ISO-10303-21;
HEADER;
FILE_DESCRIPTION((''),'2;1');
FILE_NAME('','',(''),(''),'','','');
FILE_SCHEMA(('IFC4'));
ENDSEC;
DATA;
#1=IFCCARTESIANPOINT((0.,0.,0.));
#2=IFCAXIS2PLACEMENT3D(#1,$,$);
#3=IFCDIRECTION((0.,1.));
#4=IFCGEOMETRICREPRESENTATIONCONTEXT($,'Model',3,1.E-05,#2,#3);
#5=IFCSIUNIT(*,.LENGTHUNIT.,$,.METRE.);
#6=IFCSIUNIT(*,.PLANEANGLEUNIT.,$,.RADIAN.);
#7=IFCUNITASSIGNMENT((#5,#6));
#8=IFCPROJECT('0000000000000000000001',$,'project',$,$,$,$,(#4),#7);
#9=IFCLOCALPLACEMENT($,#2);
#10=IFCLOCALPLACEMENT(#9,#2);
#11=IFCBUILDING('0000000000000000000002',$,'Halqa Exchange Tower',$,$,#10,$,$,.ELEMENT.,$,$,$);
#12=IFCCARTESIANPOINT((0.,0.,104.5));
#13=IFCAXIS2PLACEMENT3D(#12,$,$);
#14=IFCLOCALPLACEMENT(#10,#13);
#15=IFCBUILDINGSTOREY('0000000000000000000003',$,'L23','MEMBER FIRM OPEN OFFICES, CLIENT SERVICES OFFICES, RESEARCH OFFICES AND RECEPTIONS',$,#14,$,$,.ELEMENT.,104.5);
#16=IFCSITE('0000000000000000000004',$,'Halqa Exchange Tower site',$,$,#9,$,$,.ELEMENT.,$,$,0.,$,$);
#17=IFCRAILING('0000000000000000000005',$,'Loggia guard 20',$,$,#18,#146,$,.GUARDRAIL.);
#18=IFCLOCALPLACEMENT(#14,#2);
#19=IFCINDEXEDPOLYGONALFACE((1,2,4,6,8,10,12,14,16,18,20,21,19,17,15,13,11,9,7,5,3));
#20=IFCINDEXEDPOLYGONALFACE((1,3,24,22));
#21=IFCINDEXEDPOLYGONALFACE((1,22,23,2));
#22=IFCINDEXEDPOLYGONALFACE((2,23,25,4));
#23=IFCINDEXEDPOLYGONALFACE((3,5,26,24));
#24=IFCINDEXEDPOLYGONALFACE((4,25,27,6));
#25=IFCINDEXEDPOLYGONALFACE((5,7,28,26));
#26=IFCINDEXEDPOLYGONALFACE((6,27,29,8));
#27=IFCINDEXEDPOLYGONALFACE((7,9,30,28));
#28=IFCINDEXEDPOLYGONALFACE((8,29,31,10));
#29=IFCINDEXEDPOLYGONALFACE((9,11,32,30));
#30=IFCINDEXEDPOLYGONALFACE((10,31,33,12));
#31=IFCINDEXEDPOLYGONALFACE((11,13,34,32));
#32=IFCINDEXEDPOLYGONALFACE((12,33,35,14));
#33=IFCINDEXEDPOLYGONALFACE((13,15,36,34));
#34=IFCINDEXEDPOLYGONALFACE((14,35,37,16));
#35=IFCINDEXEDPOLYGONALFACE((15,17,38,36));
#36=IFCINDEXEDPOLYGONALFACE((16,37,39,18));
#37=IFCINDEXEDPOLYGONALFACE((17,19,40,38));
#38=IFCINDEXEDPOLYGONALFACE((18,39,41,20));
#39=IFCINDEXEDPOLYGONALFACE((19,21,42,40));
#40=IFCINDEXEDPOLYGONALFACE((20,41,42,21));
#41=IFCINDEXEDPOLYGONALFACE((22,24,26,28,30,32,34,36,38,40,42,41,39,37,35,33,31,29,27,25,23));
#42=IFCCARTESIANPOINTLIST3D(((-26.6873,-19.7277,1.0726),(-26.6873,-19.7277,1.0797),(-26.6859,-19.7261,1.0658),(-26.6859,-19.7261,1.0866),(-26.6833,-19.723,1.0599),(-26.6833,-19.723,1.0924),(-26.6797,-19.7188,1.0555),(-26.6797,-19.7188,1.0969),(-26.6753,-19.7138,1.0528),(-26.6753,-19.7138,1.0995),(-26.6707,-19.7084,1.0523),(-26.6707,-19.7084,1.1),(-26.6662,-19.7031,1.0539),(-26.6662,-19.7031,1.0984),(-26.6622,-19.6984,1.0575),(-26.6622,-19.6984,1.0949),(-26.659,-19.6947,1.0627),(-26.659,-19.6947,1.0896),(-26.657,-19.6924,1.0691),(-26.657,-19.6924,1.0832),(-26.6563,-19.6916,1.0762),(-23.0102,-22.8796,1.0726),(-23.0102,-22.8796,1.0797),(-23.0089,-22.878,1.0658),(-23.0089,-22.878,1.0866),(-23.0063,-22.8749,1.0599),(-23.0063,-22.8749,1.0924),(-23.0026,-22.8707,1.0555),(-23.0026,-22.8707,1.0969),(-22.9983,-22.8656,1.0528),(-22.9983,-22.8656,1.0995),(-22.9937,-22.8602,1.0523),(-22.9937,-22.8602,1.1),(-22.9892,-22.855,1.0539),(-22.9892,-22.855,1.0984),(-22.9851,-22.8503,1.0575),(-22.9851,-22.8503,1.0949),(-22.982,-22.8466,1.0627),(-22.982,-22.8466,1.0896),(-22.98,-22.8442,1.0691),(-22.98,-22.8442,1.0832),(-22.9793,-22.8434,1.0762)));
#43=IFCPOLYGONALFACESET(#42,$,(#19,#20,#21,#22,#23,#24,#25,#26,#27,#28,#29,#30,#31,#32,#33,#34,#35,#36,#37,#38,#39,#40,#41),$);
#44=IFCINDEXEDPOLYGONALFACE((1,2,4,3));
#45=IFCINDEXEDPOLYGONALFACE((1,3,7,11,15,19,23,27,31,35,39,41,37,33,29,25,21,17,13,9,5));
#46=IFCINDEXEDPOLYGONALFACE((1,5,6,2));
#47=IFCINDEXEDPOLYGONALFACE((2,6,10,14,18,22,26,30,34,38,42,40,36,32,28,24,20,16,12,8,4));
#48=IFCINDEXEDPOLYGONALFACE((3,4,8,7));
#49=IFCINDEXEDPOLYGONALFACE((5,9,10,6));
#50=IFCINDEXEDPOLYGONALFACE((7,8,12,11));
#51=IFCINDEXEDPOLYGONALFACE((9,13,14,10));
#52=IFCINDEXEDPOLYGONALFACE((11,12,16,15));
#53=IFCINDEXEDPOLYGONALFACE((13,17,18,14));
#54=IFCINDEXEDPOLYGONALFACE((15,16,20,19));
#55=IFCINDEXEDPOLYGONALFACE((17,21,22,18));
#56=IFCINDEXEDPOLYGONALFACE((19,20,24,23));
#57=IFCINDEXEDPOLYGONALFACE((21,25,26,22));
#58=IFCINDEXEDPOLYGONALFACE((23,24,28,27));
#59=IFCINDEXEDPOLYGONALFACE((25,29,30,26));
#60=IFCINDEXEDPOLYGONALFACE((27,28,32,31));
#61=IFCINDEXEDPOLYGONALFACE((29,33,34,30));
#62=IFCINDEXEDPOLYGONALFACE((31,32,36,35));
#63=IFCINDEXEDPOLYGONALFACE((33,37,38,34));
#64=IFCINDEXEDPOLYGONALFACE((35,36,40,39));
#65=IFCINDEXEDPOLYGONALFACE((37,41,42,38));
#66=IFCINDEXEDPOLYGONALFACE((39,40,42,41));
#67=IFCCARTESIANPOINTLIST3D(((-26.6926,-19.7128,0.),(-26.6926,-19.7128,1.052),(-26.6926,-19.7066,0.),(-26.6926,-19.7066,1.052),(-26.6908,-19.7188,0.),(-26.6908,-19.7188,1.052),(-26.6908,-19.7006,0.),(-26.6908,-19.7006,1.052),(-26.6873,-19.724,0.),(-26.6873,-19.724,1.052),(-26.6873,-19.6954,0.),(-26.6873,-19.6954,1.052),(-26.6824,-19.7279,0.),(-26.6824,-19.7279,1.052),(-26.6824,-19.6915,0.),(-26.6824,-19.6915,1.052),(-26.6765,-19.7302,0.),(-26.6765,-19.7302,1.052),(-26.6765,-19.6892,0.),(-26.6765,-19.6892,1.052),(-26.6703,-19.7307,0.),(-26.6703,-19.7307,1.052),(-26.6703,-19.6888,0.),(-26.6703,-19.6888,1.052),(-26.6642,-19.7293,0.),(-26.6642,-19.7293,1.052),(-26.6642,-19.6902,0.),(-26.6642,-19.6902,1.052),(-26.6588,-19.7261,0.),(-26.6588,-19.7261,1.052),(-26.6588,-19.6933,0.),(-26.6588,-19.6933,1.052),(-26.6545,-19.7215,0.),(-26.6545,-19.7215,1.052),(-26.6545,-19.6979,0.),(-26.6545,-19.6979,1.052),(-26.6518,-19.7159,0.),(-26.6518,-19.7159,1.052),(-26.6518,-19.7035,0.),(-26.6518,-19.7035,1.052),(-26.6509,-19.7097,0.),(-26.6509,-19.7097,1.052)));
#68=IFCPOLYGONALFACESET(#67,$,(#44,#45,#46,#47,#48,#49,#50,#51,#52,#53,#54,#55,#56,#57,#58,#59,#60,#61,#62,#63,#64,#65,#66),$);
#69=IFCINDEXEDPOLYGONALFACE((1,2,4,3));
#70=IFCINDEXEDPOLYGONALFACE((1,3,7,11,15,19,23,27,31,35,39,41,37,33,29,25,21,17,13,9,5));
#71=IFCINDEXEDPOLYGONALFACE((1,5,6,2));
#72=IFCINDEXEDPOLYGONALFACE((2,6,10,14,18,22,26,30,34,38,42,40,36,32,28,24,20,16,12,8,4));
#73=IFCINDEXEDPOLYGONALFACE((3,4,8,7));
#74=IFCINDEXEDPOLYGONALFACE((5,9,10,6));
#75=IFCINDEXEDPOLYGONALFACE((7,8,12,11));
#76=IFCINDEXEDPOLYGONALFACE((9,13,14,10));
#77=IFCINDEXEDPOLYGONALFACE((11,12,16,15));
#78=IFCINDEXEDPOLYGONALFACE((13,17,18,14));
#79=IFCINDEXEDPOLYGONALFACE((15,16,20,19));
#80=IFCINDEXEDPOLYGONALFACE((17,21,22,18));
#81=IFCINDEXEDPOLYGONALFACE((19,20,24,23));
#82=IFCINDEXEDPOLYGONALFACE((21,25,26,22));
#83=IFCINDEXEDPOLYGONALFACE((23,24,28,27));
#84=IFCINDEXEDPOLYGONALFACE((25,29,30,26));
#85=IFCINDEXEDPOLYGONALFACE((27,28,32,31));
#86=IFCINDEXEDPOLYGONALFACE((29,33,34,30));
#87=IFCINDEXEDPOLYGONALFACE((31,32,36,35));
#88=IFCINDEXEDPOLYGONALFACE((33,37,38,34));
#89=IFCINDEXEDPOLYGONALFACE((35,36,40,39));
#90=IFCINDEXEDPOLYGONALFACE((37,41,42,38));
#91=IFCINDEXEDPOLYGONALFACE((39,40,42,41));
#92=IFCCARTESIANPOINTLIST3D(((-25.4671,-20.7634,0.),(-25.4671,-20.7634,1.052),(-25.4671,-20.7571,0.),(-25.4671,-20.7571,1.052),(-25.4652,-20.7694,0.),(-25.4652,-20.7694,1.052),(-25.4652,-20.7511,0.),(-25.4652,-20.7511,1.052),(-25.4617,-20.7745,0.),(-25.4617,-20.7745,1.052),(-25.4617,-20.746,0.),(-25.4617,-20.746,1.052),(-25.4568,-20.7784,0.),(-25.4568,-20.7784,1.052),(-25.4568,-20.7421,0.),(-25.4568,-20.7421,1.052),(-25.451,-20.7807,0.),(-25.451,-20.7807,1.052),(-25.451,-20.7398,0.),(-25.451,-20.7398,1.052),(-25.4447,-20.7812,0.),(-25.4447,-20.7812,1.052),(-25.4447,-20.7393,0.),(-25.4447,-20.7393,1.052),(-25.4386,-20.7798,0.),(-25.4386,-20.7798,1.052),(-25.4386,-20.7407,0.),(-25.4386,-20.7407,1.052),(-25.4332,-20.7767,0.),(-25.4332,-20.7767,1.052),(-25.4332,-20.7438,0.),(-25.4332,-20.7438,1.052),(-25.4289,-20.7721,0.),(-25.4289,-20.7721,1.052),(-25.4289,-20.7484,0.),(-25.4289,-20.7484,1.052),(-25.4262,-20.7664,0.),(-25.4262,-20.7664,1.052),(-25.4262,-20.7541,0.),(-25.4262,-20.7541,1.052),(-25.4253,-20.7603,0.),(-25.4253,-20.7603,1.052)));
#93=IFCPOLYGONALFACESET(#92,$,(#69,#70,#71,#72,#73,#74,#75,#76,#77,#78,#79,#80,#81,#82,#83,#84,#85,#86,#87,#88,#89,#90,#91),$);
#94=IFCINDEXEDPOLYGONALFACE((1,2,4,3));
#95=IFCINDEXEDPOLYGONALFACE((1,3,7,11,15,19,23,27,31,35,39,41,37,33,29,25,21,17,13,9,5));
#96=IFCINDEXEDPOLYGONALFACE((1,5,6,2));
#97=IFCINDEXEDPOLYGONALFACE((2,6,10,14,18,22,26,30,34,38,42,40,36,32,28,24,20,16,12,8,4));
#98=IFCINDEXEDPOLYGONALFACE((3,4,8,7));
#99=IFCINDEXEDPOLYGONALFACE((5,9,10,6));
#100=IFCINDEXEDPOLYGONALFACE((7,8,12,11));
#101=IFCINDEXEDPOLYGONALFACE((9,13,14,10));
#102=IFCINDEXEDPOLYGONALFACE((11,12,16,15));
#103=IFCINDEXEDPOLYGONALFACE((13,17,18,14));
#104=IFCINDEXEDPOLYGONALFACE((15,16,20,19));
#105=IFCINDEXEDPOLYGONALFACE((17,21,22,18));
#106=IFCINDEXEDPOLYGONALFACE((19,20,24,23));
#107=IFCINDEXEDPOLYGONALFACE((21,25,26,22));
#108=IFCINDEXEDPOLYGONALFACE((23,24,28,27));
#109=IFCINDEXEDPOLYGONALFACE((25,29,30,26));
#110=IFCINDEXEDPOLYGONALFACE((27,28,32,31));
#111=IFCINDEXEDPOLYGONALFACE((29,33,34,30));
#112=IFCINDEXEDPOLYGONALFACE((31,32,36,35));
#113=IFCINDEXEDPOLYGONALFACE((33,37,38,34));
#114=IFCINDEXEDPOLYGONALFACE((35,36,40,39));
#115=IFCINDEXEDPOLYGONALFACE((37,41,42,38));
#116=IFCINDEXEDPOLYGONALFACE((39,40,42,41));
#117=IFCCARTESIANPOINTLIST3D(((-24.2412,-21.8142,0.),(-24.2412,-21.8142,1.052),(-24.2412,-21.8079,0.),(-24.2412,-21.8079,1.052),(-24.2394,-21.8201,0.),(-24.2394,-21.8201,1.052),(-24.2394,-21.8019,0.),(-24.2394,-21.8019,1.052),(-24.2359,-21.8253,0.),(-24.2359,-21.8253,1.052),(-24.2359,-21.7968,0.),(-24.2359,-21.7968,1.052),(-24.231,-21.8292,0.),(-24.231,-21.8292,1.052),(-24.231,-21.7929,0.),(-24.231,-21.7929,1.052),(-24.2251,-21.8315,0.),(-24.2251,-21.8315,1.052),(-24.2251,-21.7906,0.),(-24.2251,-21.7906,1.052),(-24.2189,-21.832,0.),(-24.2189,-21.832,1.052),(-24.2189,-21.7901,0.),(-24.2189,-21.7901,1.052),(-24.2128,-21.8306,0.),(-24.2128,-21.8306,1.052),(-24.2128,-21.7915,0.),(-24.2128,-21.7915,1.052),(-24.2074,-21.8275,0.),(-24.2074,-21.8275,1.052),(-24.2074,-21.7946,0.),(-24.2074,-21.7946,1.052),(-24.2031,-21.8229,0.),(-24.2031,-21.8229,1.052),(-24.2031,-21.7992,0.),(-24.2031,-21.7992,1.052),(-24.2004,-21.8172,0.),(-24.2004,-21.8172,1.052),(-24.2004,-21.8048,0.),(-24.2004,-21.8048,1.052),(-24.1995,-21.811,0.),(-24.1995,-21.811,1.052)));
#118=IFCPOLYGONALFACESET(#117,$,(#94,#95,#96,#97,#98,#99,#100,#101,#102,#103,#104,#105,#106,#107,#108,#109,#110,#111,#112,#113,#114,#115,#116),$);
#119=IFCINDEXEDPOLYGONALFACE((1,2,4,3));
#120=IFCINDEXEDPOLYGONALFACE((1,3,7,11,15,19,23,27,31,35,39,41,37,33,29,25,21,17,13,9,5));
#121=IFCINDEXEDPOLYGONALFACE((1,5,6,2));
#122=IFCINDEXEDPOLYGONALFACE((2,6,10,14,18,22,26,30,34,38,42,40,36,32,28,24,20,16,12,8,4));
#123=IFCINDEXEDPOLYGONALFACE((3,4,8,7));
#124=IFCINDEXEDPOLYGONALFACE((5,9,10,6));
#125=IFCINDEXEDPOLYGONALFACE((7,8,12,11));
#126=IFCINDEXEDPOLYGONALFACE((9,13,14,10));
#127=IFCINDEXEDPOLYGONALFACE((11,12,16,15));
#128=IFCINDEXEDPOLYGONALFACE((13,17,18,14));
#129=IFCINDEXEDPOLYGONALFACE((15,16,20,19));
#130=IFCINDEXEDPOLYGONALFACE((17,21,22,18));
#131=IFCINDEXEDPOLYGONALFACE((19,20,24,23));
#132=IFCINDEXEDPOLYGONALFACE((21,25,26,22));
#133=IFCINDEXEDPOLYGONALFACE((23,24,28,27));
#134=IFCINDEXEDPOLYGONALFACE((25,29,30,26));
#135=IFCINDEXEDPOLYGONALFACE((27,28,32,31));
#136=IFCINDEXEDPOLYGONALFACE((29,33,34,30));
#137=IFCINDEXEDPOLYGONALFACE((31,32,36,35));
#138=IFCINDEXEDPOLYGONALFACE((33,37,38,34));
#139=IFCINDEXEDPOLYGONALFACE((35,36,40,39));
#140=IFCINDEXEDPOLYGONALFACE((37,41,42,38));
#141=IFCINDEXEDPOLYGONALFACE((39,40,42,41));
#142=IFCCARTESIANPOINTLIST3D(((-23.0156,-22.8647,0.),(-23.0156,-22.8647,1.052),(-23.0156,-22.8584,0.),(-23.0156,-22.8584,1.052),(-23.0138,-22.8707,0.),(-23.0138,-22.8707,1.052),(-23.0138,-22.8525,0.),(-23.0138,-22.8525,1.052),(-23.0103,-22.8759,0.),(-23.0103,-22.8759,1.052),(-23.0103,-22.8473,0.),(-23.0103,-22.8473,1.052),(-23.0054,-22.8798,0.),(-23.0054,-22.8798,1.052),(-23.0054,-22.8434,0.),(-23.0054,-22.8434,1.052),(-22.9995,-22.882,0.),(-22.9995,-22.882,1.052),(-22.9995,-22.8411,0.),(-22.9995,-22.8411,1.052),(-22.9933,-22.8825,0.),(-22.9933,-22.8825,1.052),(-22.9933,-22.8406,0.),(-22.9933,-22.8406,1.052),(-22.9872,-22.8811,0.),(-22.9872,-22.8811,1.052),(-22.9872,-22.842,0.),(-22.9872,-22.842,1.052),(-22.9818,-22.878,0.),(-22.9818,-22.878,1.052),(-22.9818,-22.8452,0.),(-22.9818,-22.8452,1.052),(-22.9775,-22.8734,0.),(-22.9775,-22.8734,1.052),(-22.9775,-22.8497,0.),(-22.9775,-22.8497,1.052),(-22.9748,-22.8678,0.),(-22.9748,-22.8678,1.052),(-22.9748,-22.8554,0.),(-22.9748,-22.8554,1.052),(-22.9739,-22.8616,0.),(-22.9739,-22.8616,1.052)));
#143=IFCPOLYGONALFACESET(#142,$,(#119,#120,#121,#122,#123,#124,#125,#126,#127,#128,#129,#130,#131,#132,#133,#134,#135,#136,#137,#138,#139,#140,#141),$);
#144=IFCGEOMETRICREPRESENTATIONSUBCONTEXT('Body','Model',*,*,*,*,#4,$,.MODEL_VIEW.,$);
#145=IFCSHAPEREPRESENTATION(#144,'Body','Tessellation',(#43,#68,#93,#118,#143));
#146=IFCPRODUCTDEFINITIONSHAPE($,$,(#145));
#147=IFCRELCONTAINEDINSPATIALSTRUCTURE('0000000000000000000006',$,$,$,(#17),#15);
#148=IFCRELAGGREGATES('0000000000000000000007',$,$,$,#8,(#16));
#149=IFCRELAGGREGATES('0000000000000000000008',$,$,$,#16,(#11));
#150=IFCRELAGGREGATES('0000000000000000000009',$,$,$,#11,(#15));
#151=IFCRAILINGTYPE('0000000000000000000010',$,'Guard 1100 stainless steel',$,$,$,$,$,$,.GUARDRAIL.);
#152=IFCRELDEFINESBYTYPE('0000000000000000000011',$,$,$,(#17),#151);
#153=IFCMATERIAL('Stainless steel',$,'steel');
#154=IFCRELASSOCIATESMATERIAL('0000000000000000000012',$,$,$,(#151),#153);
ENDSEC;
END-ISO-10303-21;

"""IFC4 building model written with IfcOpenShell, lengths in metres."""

from ifc_helpers import new_model, si_unit, direction, frame, origin, origin_2d, place, context, subcontext, project, spatial, circle, extrude, material, type_object, element, save


model = new_model("IFC4")

# Units and contexts
model_context = context("Model", 3, precision=1e-05, world=origin(), true_north=direction((0.0, 1.0)))
body_context = subcontext(model_context, "Body", "Model", "MODEL_VIEW")
ifc_project = project(units=[si_unit("LENGTHUNIT", "METRE"), si_unit("PLANEANGLEUNIT", "RADIAN")], contexts=[model_context])

# Site, building, storey
site_placement = place(None, origin())
site = spatial("IfcSite", under=ifc_project, at=site_placement, Name="Halqa Exchange Tower site", CompositionType="ELEMENT", RefElevation=0.0)
building_placement = place(site_placement, origin())
building = spatial("IfcBuilding", under=site, at=building_placement, Name="Halqa Exchange Tower", CompositionType="ELEMENT")
storey_placement = place(building_placement, frame((0.0, 0.0, 104.5)))
storey = spatial("IfcBuildingStorey", under=building, at=storey_placement, Name="L23", Description="MEMBER FIRM OPEN OFFICES, CLIENT SERVICES OFFICES, RESEARCH OFFICES AND RECEPTIONS", CompositionType="ELEMENT", Elevation=104.5)

# Railing
ifc_material_1 = material(Name="Stainless steel", Category="steel")
railing_type = type_object("IfcRailingType", Name="Guard 1100 stainless steel", PredefinedType="GUARDRAIL", material=ifc_material_1)
railing_1_placement = place(storey_placement, frame((-26.6719, -19.7097, 0.0)))
element("IfcRailing", 1, at=railing_1_placement, inside=storey, type_object=railing_type, Name="Loggia guard 20", PredefinedType="GUARDRAIL", context=body_context, shape_type="SweptSolid", body=[
    extrude(circle(Radius=0.0239, at=origin_2d()), frame((0.0, 0.0, 1.0762), z_axis=(0.759242, -0.650808, 0.0), x_axis=(0.650808, 0.759242, 0.0)), (0.0, 0.0, 1.0), 4.843),
    extrude(circle(Radius=0.021, at=origin_2d()), origin(), (0.0, 0.0, 1.0), 1.052),
    extrude(circle(Radius=0.021, at=origin_2d()), frame((1.2256, -1.0505, 0.0)), (0.0, 0.0, 1.0), 1.052),
    extrude(circle(Radius=0.021, at=origin_2d()), frame((2.4514, -2.1013, 0.0)), (0.0, 0.0, 1.0), 1.052),
    extrude(circle(Radius=0.021, at=origin_2d()), frame((3.677, -3.1519, 0.0)), (0.0, 0.0, 1.0), 1.052),
])

save(model, "model.ifc")
